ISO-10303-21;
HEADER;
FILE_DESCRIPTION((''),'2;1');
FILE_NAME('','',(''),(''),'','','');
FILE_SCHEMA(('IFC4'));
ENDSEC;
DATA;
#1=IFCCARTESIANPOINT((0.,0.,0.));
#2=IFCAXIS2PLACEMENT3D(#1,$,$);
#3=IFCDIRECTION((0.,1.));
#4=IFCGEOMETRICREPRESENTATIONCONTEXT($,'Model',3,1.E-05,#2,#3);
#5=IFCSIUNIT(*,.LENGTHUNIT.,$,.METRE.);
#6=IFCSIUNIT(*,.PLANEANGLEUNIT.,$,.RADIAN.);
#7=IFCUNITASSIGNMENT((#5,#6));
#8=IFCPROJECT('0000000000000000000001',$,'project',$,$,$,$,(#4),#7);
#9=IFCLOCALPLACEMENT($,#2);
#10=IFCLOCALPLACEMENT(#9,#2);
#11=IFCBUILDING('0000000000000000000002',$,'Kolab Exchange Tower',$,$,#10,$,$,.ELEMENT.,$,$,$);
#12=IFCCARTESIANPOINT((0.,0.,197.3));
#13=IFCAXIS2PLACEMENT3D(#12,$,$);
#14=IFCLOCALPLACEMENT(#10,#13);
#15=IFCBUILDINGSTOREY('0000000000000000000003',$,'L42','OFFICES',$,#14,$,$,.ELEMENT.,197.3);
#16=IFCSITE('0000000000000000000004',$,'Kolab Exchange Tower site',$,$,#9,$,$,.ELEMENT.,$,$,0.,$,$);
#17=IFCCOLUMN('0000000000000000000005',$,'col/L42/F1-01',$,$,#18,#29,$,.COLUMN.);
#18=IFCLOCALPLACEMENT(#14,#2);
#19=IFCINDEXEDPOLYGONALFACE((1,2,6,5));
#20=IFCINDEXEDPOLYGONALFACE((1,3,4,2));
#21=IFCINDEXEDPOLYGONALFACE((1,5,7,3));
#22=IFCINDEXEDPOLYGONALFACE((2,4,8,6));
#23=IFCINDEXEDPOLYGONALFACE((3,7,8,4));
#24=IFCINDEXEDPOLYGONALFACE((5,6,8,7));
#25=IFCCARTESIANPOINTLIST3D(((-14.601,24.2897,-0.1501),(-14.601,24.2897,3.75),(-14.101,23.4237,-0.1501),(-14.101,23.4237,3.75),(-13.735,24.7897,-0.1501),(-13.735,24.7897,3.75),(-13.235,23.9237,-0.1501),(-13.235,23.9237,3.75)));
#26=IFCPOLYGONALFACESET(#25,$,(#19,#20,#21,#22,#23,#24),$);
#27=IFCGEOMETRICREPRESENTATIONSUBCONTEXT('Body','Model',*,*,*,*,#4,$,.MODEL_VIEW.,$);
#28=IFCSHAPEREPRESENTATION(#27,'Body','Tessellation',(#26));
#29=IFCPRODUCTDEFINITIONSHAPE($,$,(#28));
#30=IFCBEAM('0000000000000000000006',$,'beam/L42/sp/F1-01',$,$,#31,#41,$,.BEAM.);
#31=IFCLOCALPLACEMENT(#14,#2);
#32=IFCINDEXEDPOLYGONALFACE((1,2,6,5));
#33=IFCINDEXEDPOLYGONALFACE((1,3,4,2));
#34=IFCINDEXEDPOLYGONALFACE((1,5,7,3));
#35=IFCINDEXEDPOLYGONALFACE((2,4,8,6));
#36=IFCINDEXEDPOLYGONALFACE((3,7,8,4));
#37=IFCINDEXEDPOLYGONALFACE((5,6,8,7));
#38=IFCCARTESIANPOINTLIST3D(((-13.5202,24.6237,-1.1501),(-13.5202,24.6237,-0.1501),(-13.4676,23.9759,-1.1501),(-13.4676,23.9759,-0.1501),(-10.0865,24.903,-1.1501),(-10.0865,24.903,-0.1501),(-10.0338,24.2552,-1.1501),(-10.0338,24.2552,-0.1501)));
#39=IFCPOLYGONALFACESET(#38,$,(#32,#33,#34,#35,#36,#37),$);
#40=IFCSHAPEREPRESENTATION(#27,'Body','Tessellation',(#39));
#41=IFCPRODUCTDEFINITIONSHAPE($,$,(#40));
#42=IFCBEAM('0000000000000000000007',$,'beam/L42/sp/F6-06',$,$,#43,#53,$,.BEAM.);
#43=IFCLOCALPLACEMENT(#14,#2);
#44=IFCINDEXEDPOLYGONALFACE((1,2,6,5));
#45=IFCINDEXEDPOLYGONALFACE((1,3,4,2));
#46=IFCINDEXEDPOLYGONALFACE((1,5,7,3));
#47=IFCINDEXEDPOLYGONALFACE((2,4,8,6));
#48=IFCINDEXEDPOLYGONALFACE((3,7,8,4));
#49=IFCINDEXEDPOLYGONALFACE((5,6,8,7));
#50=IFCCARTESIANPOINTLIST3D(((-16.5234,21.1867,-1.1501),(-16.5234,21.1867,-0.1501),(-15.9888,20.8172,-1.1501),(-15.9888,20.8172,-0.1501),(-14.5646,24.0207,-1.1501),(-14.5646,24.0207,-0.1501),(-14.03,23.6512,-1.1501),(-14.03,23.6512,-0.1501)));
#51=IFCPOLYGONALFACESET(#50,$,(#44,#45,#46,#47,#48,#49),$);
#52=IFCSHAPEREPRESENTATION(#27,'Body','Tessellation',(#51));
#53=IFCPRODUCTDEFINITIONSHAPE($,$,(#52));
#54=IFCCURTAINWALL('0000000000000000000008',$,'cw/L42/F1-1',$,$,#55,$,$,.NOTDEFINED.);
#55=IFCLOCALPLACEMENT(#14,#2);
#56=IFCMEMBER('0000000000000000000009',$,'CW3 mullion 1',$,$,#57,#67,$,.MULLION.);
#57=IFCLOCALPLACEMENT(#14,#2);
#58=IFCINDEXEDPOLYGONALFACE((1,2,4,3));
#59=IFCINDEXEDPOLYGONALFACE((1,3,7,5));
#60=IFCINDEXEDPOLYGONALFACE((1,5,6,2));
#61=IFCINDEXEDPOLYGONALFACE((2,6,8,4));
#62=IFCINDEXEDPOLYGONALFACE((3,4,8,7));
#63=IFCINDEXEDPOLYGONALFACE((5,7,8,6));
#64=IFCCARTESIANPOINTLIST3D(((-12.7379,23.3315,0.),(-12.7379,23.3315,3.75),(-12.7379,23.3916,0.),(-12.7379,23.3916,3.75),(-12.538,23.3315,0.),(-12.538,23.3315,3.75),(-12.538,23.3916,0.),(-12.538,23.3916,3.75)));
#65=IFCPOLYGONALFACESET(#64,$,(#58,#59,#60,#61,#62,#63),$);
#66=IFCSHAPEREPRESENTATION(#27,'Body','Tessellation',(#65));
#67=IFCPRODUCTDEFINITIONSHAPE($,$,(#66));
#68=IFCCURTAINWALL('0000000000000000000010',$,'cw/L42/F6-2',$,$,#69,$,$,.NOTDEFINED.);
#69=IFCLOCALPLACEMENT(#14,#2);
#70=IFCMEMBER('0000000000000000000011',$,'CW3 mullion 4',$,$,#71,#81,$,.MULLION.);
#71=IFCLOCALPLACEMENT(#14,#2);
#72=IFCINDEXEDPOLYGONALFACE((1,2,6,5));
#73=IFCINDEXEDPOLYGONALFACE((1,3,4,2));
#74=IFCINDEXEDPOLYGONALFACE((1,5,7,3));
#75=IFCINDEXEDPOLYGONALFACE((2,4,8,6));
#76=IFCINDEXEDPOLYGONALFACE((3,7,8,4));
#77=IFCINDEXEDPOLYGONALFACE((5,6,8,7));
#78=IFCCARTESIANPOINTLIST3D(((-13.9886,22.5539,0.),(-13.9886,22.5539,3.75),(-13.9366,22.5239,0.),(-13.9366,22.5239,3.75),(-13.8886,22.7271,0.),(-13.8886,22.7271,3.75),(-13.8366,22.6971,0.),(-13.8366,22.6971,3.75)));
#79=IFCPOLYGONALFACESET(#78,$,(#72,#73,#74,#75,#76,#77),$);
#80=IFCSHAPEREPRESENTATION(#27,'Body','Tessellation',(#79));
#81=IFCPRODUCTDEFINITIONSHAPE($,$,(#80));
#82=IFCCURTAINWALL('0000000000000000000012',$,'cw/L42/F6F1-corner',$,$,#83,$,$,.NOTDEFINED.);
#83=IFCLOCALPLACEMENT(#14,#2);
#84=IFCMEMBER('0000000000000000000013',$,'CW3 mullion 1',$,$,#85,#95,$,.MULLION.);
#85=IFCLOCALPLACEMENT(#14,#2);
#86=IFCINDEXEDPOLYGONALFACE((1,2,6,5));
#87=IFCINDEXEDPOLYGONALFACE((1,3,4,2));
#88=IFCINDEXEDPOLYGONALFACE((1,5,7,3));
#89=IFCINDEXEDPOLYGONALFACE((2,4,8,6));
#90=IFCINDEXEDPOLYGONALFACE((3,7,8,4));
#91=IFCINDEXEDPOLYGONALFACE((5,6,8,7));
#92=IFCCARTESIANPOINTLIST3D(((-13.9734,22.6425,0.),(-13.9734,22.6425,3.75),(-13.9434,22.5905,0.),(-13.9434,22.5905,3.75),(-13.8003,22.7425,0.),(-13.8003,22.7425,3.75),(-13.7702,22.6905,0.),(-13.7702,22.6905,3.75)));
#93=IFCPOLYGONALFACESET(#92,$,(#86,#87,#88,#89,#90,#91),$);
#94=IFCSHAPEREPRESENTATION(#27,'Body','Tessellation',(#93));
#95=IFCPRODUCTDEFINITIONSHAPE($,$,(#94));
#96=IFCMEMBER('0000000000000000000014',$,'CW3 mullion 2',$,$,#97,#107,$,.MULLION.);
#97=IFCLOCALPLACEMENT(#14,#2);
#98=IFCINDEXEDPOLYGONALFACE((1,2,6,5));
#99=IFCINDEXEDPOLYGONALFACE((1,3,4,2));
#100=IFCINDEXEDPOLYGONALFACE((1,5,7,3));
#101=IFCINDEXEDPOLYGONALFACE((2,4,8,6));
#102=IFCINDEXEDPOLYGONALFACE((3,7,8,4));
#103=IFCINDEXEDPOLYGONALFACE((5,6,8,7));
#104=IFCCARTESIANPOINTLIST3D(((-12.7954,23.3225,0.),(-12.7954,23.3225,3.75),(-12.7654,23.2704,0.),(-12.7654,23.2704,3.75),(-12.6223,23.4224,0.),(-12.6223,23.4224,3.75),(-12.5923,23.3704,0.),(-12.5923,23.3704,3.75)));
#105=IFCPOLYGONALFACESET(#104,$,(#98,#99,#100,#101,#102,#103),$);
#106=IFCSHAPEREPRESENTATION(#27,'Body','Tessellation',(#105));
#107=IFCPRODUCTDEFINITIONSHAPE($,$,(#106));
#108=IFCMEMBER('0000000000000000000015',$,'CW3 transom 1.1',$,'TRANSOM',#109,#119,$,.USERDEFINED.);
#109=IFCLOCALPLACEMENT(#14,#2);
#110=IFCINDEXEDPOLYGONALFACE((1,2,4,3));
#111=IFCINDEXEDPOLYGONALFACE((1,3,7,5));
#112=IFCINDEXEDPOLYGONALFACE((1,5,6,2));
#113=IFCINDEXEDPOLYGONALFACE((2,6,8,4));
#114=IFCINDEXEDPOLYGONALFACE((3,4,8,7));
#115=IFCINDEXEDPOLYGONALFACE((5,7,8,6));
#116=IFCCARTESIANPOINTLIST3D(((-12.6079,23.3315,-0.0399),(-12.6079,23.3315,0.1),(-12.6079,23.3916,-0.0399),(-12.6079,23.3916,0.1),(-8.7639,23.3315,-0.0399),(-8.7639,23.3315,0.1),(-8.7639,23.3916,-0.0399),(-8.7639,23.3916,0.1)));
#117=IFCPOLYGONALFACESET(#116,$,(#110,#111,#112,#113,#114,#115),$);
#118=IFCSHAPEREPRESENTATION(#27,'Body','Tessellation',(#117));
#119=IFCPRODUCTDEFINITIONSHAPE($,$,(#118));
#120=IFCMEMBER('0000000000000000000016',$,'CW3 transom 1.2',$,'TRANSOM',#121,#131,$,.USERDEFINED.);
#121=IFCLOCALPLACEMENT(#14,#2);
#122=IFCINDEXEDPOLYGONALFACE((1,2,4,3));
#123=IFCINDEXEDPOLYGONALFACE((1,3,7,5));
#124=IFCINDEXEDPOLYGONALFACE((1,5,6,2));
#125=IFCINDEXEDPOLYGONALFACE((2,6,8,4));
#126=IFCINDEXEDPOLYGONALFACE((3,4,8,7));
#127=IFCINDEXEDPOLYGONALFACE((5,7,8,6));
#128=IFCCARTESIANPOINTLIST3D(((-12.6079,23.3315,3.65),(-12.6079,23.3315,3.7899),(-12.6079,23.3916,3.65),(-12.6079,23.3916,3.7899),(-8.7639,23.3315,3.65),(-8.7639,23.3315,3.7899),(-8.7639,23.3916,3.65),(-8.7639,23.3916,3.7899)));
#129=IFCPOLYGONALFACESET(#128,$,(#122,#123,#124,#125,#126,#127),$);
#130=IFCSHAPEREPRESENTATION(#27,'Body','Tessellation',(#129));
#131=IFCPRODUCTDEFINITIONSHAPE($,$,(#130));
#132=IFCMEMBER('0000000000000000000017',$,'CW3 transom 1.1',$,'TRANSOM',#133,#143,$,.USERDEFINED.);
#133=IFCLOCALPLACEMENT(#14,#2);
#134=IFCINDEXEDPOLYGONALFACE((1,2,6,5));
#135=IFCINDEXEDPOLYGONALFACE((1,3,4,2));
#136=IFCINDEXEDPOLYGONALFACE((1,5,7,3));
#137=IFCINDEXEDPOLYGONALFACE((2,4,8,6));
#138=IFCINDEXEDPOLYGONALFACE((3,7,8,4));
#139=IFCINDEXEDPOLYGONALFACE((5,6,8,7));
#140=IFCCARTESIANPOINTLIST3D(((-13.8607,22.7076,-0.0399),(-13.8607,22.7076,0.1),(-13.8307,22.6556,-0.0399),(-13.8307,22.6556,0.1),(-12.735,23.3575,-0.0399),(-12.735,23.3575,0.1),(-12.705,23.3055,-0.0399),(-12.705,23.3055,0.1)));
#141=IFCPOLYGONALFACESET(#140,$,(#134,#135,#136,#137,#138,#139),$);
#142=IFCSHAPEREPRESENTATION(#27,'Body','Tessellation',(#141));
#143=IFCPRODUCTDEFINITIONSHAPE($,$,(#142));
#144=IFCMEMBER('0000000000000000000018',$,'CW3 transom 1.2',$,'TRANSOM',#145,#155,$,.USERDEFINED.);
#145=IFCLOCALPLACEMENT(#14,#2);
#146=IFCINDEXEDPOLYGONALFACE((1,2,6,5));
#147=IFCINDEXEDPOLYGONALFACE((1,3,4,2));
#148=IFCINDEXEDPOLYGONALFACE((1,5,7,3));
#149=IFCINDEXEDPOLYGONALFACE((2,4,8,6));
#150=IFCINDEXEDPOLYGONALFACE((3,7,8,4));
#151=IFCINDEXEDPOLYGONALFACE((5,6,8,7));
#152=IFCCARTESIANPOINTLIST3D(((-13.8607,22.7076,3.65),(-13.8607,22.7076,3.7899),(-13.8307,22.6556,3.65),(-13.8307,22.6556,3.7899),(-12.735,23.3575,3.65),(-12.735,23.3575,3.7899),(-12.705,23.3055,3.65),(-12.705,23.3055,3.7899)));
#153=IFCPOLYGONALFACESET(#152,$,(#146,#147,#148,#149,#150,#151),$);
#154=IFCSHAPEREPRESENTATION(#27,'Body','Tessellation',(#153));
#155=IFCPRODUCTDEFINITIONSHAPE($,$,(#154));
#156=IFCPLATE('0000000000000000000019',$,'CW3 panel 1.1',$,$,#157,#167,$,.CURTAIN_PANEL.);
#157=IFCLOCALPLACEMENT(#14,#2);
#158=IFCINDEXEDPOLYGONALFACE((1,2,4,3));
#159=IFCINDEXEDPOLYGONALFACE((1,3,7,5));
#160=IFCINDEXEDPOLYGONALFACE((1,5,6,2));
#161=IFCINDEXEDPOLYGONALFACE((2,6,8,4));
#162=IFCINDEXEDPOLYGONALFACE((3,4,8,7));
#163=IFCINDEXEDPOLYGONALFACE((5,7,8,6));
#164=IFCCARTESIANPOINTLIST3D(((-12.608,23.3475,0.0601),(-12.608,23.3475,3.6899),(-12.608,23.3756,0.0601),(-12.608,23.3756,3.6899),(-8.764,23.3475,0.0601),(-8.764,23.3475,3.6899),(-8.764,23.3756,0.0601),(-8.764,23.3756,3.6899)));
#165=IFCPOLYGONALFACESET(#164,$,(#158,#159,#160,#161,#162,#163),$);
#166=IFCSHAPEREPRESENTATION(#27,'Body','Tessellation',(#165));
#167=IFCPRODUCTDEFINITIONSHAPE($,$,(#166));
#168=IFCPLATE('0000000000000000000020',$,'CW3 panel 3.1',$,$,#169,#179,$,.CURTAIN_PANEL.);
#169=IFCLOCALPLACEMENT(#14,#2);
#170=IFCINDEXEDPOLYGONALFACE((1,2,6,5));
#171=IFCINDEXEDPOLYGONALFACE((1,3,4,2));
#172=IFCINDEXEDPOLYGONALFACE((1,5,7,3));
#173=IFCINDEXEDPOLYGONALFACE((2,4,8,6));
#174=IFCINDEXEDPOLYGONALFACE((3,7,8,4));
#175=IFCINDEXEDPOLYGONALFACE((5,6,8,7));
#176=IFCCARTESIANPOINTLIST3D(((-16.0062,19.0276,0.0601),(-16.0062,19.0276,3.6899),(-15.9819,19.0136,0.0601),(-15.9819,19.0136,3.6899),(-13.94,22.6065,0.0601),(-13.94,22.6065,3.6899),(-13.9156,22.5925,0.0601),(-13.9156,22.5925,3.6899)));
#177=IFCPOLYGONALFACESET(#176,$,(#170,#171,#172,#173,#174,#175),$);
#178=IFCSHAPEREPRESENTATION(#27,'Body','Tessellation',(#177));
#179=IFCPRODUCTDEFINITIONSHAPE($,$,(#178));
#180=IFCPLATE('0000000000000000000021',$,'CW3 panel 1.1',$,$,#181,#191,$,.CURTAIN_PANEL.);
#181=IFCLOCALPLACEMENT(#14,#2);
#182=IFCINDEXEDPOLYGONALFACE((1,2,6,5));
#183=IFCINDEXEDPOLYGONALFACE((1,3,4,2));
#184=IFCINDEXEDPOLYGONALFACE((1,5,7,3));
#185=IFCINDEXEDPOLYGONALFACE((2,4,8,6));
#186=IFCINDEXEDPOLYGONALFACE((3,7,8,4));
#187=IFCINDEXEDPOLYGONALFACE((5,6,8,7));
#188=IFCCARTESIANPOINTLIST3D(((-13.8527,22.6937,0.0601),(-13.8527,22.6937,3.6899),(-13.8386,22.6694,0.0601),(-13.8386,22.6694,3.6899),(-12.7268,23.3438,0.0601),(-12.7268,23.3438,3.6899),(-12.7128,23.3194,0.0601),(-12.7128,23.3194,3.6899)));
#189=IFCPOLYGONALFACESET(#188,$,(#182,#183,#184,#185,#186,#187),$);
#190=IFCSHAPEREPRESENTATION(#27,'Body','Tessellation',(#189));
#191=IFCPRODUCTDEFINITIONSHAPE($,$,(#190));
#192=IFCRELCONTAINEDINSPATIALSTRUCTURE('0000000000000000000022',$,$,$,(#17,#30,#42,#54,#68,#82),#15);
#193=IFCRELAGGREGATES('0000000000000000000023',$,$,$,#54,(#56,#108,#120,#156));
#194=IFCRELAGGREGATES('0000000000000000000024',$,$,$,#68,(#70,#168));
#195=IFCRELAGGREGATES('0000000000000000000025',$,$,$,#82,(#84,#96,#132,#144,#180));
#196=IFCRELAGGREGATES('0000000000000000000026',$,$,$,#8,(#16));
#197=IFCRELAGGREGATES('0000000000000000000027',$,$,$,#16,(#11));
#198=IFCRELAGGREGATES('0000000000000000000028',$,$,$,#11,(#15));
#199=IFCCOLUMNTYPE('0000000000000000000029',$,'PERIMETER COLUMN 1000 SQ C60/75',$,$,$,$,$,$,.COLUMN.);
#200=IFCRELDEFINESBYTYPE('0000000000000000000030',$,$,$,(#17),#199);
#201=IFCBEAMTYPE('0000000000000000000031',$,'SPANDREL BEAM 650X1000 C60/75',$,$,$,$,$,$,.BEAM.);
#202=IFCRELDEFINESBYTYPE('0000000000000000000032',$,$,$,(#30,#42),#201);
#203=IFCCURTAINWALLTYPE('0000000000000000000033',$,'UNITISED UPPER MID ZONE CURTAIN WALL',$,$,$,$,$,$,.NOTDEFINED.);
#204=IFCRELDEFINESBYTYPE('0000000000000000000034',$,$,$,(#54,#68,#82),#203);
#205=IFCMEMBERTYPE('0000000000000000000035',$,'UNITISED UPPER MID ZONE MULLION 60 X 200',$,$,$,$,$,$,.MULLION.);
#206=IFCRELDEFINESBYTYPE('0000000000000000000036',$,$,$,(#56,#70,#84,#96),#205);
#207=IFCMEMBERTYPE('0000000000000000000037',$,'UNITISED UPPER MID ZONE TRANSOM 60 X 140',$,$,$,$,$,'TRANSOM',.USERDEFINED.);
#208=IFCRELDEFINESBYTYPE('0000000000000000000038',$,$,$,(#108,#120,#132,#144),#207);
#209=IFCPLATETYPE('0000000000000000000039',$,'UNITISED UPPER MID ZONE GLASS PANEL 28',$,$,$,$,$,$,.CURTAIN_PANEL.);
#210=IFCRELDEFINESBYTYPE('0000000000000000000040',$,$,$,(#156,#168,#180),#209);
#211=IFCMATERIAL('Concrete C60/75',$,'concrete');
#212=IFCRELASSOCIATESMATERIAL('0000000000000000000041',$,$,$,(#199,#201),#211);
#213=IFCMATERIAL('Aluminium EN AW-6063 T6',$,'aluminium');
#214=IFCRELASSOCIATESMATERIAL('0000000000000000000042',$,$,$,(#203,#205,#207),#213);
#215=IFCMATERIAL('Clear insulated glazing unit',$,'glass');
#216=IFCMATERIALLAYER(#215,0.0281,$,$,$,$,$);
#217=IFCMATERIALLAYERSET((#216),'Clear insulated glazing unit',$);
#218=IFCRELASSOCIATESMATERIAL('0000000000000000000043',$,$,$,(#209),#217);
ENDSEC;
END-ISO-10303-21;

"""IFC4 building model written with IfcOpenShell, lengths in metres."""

from ifc_helpers import new_model, si_unit, direction, frame, origin, origin_2d, place, context, subcontext, project, spatial, rectangle, extrude, material, layer, layer_set, material_profile, profile_set, type_object, element, aggregate, save


model = new_model("IFC4")

# Units and contexts
model_context = context("Model", 3, precision=1e-05, world=origin(), true_north=direction((0.0, 1.0)))
body_context = subcontext(model_context, "Body", "Model", "MODEL_VIEW")
ifc_project = project(units=[si_unit("LENGTHUNIT", "METRE"), si_unit("PLANEANGLEUNIT", "RADIAN")], contexts=[model_context])

# Site, building, storey
site_placement = place(None, origin())
site = spatial("IfcSite", under=ifc_project, at=site_placement, Name="Kolab Exchange Tower site", CompositionType="ELEMENT", RefElevation=0.0)
building_placement = place(site_placement, origin())
building = spatial("IfcBuilding", under=site, at=building_placement, Name="Kolab Exchange Tower", CompositionType="ELEMENT")
storey_placement = place(building_placement, frame((0.0, 0.0, 197.3)))
storey = spatial("IfcBuildingStorey", under=building, at=storey_placement, Name="L42", Description="OFFICES", CompositionType="ELEMENT", Elevation=197.3)

# Column
ifc_material_1 = material(Name="Concrete C60/75", Category="concrete")
ifc_material_profile_1 = material_profile(ifc_material_1, rectangle(XDim=1.0, YDim=1.0, at=origin_2d()), Name="RC1000")
ifc_profile_set_1 = profile_set([ifc_material_profile_1], Name="Concrete C60/75")
column_type = type_object("IfcColumnType", Name="PERIMETER COLUMN 1000 SQ C60/75", PredefinedType="COLUMN", material=ifc_profile_set_1)
column_placement = place(storey_placement, frame((-13.918, 24.1067, -0.1501), z_axis=(0.0, 0.0, 1.0), x_axis=(0.866025, 0.5, 0.0)))
element("IfcColumn", 1, at=column_placement, inside=storey, type_object=column_type, Name="col/L42/F1-01", PredefinedType="COLUMN", context=body_context, shape_type="SweptSolid", body=[
    extrude(rectangle(XDim=1.0, YDim=1.0, at=origin_2d()), origin(), (0.0, 0.0, 1.0), 3.9001),
])

# Beams
ifc_material_profile_2 = material_profile(ifc_material_1, rectangle(XDim=0.6499, YDim=1.0, at=origin_2d()), Name="RC650X1000")
ifc_profile_set_2 = profile_set([ifc_material_profile_2], Name="Concrete C60/75")
beam_type = type_object("IfcBeamType", Name="SPANDREL BEAM 650X1000 C60/75", PredefinedType="BEAM", material=ifc_profile_set_2)
for number, where, z_axis, x_axis, name in (
    (2, (-13.4939, 24.2998, -0.6501), (0.996708, 0.081069, 0.0), (-0.081069, 0.996708, 0.0), "beam/L42/sp/F1-01"),
    (3, (-16.2561, 21.002, -0.6501), (0.568572, 0.822633, 0.0), (-0.822633, 0.568572, 0.0), "beam/L42/sp/F6-06"),
):
    element("IfcBeam", number, at=place(storey_placement, frame(where, z_axis=z_axis, x_axis=x_axis)), inside=storey, type_object=beam_type, Name=name, PredefinedType="BEAM", context=body_context, shape_type="SweptSolid", body=[
        extrude(rectangle(XDim=0.6499, YDim=1.0, at=origin_2d()), origin(), (0.0, 0.0, 1.0), 3.4451),
    ])

# Curtain walls, members
ifc_material_2 = material(Name="Aluminium EN AW-6063 T6", Category="aluminium")
curtain_wall_type = type_object("IfcCurtainWallType", Name="UNITISED UPPER MID ZONE CURTAIN WALL", PredefinedType="NOTDEFINED", material=ifc_material_2)
curtain_wall_1_placement = place(storey_placement, origin())
curtain_wall_1 = element("IfcCurtainWall", 4, at=curtain_wall_1_placement, inside=storey, type_object=curtain_wall_type, Name="cw/L42/F1-1", PredefinedType="NOTDEFINED")
ifc_material_profile_3 = material_profile(ifc_material_2, rectangle(XDim=0.0601, YDim=0.2, at=origin_2d()), Name="RECT 60X200")
ifc_profile_set_3 = profile_set([ifc_material_profile_3], Name="Aluminium EN AW-6063 T6")
member_type_1 = type_object("IfcMemberType", Name="UNITISED UPPER MID ZONE MULLION 60 X 200", PredefinedType="MULLION", material=ifc_profile_set_3)
member_1_placement = place(storey_placement, frame((-12.6379, 23.3616, 0.0), z_axis=(0.0, 0.0, 1.0), x_axis=(0.0, 1.0, 0.0)))
member_1 = element("IfcMember", 5, at=member_1_placement, type_object=member_type_1, Name="CW3 mullion 1", PredefinedType="MULLION", context=body_context, shape_type="SweptSolid", body=[
    extrude(rectangle(XDim=0.0601, YDim=0.2, at=origin_2d()), origin(), (0.0, 0.0, 1.0), 3.75),
])
curtain_wall_2_placement = place(storey_placement, origin())
curtain_wall_2 = element("IfcCurtainWall", 6, at=curtain_wall_2_placement, inside=storey, type_object=curtain_wall_type, Name="cw/L42/F6-2", PredefinedType="NOTDEFINED")
member_2_placement = place(storey_placement, frame((-13.9126, 22.6255, 0.0), z_axis=(0.0, 0.0, 1.0), x_axis=(-0.866025, 0.5, 0.0)))
member_2 = element("IfcMember", 7, at=member_2_placement, type_object=member_type_1, Name="CW3 mullion 4", PredefinedType="MULLION", context=body_context, shape_type="SweptSolid", body=[
    extrude(rectangle(XDim=0.0601, YDim=0.2, at=origin_2d()), origin(), (0.0, 0.0, 1.0), 3.75),
])

# Curtain wall, members
curtain_wall_3_placement = place(storey_placement, origin())
curtain_wall_3 = element("IfcCurtainWall", 8, at=curtain_wall_3_placement, inside=storey, type_object=curtain_wall_type, Name="cw/L42/F6F1-corner", PredefinedType="NOTDEFINED")
member_3_placement = place(storey_placement, frame((-13.8718, 22.6665, 0.0), z_axis=(0.0, 0.0, 1.0), x_axis=(-0.5, 0.866025, 0.0)))
member_3 = element("IfcMember", 9, at=member_3_placement, type_object=member_type_1, Name="CW3 mullion 1", PredefinedType="MULLION", context=body_context, shape_type="SweptSolid", body=[
    extrude(rectangle(XDim=0.0601, YDim=0.2, at=origin_2d()), origin(), (0.0, 0.0, 1.0), 3.75),
])
member_4_placement = place(storey_placement, frame((-12.6938, 23.3464, 0.0), z_axis=(0.0, 0.0, 1.0), x_axis=(-0.5, 0.866025, 0.0)))
member_4 = element("IfcMember", 10, at=member_4_placement, type_object=member_type_1, Name="CW3 mullion 2", PredefinedType="MULLION", context=body_context, shape_type="SweptSolid", body=[
    extrude(rectangle(XDim=0.0601, YDim=0.2, at=origin_2d()), origin(), (0.0, 0.0, 1.0), 3.75),
])

# Members
ifc_material_profile_4 = material_profile(ifc_material_2, rectangle(XDim=0.0601, YDim=0.1399, at=origin_2d()), Name="RECT 60X140")
ifc_profile_set_4 = profile_set([ifc_material_profile_4], Name="Aluminium EN AW-6063 T6")
member_type_2 = type_object("IfcMemberType", Name="UNITISED UPPER MID ZONE TRANSOM 60 X 140", ElementType="TRANSOM", PredefinedType="USERDEFINED", material=ifc_profile_set_4)
member_5_placement = place(storey_placement, frame((-12.6079, 23.3616, 0.03), z_axis=(1.0, 0.0, 0.0), x_axis=(0.0, 1.0, 0.0)))
member_5 = element("IfcMember", 11, at=member_5_placement, type_object=member_type_2, Name="CW3 transom 1.1", ObjectType="TRANSOM", PredefinedType="USERDEFINED", context=body_context, shape_type="SweptSolid", body=[
    extrude(rectangle(XDim=0.0601, YDim=0.1399, at=origin_2d()), origin(), (0.0, 0.0, 1.0), 3.844),
])
member_6_placement = place(storey_placement, frame((-12.6079, 23.3616, 3.72), z_axis=(1.0, 0.0, 0.0), x_axis=(0.0, 1.0, 0.0)))
member_6 = element("IfcMember", 12, at=member_6_placement, type_object=member_type_2, Name="CW3 transom 1.2", ObjectType="TRANSOM", PredefinedType="USERDEFINED", context=body_context, shape_type="SweptSolid", body=[
    extrude(rectangle(XDim=0.0601, YDim=0.1399, at=origin_2d()), origin(), (0.0, 0.0, 1.0), 3.844),
])
member_7_placement = place(storey_placement, frame((-13.8457, 22.6816, 0.03), z_axis=(0.866039, 0.499977, 0.0), x_axis=(-0.499977, 0.866039, 0.0)))
member_7 = element("IfcMember", 13, at=member_7_placement, type_object=member_type_2, Name="CW3 transom 1.1", ObjectType="TRANSOM", PredefinedType="USERDEFINED", context=body_context, shape_type="SweptSolid", body=[
    extrude(rectangle(XDim=0.0601, YDim=0.1399, at=origin_2d()), origin(), (0.0, 0.0, 1.0), 1.2998),
])
member_8_placement = place(storey_placement, frame((-13.8457, 22.6816, 3.72), z_axis=(0.866039, 0.499977, 0.0), x_axis=(-0.499977, 0.866039, 0.0)))
member_8 = element("IfcMember", 14, at=member_8_placement, type_object=member_type_2, Name="CW3 transom 1.2", ObjectType="TRANSOM", PredefinedType="USERDEFINED", context=body_context, shape_type="SweptSolid", body=[
    extrude(rectangle(XDim=0.0601, YDim=0.1399, at=origin_2d()), origin(), (0.0, 0.0, 1.0), 1.2998),
])

# Plates
ifc_material_3 = material(Name="Clear insulated glazing unit", Category="glass")
ifc_layer = layer(ifc_material_3, 0.0281)
ifc_layer_set = layer_set([ifc_layer], Name="Clear insulated glazing unit")
plate_type = type_object("IfcPlateType", Name="UNITISED UPPER MID ZONE GLASS PANEL 28", PredefinedType="CURTAIN_PANEL", material=ifc_layer_set)
plate_1_placement = place(storey_placement, frame((-10.686, 23.3616, 0.0601), z_axis=(0.0, 0.0, 1.0), x_axis=(1.0, 0.0, 0.0)))
plate_1 = element("IfcPlate", 15, at=plate_1_placement, type_object=plate_type, Name="CW3 panel 1.1", PredefinedType="CURTAIN_PANEL", context=body_context, shape_type="SweptSolid", body=[
    extrude(rectangle(XDim=3.844, YDim=0.0281, at=origin_2d()), origin(), (0.0, 0.0, 1.0), 3.6299),
])
aggregate(curtain_wall_1, [member_1, member_5, member_6, plate_1])
plate_2_placement = place(storey_placement, frame((-14.9609, 20.8101, 0.0601), z_axis=(0.0, 0.0, 1.0), x_axis=(0.5, 0.866025, 0.0)))
plate_2 = element("IfcPlate", 16, at=plate_2_placement, type_object=plate_type, Name="CW3 panel 3.1", PredefinedType="CURTAIN_PANEL", context=body_context, shape_type="SweptSolid", body=[
    extrude(rectangle(XDim=4.1326, YDim=0.0281, at=origin_2d()), origin(), (0.0, 0.0, 1.0), 3.6299),
])
aggregate(curtain_wall_2, [member_2, plate_2])
plate_3_placement = place(storey_placement, frame((-13.2827, 23.0066, 0.0601), z_axis=(0.0, 0.0, 1.0), x_axis=(0.866025, 0.5, 0.0)))
plate_3 = element("IfcPlate", 17, at=plate_3_placement, type_object=plate_type, Name="CW3 panel 1.1", PredefinedType="CURTAIN_PANEL", context=body_context, shape_type="SweptSolid", body=[
    extrude(rectangle(XDim=1.3, YDim=0.0281, at=origin_2d()), origin(), (0.0, 0.0, 1.0), 3.6299),
])
aggregate(curtain_wall_3, [member_3, member_4, member_7, member_8, plate_3])

save(model, "model.ifc")
